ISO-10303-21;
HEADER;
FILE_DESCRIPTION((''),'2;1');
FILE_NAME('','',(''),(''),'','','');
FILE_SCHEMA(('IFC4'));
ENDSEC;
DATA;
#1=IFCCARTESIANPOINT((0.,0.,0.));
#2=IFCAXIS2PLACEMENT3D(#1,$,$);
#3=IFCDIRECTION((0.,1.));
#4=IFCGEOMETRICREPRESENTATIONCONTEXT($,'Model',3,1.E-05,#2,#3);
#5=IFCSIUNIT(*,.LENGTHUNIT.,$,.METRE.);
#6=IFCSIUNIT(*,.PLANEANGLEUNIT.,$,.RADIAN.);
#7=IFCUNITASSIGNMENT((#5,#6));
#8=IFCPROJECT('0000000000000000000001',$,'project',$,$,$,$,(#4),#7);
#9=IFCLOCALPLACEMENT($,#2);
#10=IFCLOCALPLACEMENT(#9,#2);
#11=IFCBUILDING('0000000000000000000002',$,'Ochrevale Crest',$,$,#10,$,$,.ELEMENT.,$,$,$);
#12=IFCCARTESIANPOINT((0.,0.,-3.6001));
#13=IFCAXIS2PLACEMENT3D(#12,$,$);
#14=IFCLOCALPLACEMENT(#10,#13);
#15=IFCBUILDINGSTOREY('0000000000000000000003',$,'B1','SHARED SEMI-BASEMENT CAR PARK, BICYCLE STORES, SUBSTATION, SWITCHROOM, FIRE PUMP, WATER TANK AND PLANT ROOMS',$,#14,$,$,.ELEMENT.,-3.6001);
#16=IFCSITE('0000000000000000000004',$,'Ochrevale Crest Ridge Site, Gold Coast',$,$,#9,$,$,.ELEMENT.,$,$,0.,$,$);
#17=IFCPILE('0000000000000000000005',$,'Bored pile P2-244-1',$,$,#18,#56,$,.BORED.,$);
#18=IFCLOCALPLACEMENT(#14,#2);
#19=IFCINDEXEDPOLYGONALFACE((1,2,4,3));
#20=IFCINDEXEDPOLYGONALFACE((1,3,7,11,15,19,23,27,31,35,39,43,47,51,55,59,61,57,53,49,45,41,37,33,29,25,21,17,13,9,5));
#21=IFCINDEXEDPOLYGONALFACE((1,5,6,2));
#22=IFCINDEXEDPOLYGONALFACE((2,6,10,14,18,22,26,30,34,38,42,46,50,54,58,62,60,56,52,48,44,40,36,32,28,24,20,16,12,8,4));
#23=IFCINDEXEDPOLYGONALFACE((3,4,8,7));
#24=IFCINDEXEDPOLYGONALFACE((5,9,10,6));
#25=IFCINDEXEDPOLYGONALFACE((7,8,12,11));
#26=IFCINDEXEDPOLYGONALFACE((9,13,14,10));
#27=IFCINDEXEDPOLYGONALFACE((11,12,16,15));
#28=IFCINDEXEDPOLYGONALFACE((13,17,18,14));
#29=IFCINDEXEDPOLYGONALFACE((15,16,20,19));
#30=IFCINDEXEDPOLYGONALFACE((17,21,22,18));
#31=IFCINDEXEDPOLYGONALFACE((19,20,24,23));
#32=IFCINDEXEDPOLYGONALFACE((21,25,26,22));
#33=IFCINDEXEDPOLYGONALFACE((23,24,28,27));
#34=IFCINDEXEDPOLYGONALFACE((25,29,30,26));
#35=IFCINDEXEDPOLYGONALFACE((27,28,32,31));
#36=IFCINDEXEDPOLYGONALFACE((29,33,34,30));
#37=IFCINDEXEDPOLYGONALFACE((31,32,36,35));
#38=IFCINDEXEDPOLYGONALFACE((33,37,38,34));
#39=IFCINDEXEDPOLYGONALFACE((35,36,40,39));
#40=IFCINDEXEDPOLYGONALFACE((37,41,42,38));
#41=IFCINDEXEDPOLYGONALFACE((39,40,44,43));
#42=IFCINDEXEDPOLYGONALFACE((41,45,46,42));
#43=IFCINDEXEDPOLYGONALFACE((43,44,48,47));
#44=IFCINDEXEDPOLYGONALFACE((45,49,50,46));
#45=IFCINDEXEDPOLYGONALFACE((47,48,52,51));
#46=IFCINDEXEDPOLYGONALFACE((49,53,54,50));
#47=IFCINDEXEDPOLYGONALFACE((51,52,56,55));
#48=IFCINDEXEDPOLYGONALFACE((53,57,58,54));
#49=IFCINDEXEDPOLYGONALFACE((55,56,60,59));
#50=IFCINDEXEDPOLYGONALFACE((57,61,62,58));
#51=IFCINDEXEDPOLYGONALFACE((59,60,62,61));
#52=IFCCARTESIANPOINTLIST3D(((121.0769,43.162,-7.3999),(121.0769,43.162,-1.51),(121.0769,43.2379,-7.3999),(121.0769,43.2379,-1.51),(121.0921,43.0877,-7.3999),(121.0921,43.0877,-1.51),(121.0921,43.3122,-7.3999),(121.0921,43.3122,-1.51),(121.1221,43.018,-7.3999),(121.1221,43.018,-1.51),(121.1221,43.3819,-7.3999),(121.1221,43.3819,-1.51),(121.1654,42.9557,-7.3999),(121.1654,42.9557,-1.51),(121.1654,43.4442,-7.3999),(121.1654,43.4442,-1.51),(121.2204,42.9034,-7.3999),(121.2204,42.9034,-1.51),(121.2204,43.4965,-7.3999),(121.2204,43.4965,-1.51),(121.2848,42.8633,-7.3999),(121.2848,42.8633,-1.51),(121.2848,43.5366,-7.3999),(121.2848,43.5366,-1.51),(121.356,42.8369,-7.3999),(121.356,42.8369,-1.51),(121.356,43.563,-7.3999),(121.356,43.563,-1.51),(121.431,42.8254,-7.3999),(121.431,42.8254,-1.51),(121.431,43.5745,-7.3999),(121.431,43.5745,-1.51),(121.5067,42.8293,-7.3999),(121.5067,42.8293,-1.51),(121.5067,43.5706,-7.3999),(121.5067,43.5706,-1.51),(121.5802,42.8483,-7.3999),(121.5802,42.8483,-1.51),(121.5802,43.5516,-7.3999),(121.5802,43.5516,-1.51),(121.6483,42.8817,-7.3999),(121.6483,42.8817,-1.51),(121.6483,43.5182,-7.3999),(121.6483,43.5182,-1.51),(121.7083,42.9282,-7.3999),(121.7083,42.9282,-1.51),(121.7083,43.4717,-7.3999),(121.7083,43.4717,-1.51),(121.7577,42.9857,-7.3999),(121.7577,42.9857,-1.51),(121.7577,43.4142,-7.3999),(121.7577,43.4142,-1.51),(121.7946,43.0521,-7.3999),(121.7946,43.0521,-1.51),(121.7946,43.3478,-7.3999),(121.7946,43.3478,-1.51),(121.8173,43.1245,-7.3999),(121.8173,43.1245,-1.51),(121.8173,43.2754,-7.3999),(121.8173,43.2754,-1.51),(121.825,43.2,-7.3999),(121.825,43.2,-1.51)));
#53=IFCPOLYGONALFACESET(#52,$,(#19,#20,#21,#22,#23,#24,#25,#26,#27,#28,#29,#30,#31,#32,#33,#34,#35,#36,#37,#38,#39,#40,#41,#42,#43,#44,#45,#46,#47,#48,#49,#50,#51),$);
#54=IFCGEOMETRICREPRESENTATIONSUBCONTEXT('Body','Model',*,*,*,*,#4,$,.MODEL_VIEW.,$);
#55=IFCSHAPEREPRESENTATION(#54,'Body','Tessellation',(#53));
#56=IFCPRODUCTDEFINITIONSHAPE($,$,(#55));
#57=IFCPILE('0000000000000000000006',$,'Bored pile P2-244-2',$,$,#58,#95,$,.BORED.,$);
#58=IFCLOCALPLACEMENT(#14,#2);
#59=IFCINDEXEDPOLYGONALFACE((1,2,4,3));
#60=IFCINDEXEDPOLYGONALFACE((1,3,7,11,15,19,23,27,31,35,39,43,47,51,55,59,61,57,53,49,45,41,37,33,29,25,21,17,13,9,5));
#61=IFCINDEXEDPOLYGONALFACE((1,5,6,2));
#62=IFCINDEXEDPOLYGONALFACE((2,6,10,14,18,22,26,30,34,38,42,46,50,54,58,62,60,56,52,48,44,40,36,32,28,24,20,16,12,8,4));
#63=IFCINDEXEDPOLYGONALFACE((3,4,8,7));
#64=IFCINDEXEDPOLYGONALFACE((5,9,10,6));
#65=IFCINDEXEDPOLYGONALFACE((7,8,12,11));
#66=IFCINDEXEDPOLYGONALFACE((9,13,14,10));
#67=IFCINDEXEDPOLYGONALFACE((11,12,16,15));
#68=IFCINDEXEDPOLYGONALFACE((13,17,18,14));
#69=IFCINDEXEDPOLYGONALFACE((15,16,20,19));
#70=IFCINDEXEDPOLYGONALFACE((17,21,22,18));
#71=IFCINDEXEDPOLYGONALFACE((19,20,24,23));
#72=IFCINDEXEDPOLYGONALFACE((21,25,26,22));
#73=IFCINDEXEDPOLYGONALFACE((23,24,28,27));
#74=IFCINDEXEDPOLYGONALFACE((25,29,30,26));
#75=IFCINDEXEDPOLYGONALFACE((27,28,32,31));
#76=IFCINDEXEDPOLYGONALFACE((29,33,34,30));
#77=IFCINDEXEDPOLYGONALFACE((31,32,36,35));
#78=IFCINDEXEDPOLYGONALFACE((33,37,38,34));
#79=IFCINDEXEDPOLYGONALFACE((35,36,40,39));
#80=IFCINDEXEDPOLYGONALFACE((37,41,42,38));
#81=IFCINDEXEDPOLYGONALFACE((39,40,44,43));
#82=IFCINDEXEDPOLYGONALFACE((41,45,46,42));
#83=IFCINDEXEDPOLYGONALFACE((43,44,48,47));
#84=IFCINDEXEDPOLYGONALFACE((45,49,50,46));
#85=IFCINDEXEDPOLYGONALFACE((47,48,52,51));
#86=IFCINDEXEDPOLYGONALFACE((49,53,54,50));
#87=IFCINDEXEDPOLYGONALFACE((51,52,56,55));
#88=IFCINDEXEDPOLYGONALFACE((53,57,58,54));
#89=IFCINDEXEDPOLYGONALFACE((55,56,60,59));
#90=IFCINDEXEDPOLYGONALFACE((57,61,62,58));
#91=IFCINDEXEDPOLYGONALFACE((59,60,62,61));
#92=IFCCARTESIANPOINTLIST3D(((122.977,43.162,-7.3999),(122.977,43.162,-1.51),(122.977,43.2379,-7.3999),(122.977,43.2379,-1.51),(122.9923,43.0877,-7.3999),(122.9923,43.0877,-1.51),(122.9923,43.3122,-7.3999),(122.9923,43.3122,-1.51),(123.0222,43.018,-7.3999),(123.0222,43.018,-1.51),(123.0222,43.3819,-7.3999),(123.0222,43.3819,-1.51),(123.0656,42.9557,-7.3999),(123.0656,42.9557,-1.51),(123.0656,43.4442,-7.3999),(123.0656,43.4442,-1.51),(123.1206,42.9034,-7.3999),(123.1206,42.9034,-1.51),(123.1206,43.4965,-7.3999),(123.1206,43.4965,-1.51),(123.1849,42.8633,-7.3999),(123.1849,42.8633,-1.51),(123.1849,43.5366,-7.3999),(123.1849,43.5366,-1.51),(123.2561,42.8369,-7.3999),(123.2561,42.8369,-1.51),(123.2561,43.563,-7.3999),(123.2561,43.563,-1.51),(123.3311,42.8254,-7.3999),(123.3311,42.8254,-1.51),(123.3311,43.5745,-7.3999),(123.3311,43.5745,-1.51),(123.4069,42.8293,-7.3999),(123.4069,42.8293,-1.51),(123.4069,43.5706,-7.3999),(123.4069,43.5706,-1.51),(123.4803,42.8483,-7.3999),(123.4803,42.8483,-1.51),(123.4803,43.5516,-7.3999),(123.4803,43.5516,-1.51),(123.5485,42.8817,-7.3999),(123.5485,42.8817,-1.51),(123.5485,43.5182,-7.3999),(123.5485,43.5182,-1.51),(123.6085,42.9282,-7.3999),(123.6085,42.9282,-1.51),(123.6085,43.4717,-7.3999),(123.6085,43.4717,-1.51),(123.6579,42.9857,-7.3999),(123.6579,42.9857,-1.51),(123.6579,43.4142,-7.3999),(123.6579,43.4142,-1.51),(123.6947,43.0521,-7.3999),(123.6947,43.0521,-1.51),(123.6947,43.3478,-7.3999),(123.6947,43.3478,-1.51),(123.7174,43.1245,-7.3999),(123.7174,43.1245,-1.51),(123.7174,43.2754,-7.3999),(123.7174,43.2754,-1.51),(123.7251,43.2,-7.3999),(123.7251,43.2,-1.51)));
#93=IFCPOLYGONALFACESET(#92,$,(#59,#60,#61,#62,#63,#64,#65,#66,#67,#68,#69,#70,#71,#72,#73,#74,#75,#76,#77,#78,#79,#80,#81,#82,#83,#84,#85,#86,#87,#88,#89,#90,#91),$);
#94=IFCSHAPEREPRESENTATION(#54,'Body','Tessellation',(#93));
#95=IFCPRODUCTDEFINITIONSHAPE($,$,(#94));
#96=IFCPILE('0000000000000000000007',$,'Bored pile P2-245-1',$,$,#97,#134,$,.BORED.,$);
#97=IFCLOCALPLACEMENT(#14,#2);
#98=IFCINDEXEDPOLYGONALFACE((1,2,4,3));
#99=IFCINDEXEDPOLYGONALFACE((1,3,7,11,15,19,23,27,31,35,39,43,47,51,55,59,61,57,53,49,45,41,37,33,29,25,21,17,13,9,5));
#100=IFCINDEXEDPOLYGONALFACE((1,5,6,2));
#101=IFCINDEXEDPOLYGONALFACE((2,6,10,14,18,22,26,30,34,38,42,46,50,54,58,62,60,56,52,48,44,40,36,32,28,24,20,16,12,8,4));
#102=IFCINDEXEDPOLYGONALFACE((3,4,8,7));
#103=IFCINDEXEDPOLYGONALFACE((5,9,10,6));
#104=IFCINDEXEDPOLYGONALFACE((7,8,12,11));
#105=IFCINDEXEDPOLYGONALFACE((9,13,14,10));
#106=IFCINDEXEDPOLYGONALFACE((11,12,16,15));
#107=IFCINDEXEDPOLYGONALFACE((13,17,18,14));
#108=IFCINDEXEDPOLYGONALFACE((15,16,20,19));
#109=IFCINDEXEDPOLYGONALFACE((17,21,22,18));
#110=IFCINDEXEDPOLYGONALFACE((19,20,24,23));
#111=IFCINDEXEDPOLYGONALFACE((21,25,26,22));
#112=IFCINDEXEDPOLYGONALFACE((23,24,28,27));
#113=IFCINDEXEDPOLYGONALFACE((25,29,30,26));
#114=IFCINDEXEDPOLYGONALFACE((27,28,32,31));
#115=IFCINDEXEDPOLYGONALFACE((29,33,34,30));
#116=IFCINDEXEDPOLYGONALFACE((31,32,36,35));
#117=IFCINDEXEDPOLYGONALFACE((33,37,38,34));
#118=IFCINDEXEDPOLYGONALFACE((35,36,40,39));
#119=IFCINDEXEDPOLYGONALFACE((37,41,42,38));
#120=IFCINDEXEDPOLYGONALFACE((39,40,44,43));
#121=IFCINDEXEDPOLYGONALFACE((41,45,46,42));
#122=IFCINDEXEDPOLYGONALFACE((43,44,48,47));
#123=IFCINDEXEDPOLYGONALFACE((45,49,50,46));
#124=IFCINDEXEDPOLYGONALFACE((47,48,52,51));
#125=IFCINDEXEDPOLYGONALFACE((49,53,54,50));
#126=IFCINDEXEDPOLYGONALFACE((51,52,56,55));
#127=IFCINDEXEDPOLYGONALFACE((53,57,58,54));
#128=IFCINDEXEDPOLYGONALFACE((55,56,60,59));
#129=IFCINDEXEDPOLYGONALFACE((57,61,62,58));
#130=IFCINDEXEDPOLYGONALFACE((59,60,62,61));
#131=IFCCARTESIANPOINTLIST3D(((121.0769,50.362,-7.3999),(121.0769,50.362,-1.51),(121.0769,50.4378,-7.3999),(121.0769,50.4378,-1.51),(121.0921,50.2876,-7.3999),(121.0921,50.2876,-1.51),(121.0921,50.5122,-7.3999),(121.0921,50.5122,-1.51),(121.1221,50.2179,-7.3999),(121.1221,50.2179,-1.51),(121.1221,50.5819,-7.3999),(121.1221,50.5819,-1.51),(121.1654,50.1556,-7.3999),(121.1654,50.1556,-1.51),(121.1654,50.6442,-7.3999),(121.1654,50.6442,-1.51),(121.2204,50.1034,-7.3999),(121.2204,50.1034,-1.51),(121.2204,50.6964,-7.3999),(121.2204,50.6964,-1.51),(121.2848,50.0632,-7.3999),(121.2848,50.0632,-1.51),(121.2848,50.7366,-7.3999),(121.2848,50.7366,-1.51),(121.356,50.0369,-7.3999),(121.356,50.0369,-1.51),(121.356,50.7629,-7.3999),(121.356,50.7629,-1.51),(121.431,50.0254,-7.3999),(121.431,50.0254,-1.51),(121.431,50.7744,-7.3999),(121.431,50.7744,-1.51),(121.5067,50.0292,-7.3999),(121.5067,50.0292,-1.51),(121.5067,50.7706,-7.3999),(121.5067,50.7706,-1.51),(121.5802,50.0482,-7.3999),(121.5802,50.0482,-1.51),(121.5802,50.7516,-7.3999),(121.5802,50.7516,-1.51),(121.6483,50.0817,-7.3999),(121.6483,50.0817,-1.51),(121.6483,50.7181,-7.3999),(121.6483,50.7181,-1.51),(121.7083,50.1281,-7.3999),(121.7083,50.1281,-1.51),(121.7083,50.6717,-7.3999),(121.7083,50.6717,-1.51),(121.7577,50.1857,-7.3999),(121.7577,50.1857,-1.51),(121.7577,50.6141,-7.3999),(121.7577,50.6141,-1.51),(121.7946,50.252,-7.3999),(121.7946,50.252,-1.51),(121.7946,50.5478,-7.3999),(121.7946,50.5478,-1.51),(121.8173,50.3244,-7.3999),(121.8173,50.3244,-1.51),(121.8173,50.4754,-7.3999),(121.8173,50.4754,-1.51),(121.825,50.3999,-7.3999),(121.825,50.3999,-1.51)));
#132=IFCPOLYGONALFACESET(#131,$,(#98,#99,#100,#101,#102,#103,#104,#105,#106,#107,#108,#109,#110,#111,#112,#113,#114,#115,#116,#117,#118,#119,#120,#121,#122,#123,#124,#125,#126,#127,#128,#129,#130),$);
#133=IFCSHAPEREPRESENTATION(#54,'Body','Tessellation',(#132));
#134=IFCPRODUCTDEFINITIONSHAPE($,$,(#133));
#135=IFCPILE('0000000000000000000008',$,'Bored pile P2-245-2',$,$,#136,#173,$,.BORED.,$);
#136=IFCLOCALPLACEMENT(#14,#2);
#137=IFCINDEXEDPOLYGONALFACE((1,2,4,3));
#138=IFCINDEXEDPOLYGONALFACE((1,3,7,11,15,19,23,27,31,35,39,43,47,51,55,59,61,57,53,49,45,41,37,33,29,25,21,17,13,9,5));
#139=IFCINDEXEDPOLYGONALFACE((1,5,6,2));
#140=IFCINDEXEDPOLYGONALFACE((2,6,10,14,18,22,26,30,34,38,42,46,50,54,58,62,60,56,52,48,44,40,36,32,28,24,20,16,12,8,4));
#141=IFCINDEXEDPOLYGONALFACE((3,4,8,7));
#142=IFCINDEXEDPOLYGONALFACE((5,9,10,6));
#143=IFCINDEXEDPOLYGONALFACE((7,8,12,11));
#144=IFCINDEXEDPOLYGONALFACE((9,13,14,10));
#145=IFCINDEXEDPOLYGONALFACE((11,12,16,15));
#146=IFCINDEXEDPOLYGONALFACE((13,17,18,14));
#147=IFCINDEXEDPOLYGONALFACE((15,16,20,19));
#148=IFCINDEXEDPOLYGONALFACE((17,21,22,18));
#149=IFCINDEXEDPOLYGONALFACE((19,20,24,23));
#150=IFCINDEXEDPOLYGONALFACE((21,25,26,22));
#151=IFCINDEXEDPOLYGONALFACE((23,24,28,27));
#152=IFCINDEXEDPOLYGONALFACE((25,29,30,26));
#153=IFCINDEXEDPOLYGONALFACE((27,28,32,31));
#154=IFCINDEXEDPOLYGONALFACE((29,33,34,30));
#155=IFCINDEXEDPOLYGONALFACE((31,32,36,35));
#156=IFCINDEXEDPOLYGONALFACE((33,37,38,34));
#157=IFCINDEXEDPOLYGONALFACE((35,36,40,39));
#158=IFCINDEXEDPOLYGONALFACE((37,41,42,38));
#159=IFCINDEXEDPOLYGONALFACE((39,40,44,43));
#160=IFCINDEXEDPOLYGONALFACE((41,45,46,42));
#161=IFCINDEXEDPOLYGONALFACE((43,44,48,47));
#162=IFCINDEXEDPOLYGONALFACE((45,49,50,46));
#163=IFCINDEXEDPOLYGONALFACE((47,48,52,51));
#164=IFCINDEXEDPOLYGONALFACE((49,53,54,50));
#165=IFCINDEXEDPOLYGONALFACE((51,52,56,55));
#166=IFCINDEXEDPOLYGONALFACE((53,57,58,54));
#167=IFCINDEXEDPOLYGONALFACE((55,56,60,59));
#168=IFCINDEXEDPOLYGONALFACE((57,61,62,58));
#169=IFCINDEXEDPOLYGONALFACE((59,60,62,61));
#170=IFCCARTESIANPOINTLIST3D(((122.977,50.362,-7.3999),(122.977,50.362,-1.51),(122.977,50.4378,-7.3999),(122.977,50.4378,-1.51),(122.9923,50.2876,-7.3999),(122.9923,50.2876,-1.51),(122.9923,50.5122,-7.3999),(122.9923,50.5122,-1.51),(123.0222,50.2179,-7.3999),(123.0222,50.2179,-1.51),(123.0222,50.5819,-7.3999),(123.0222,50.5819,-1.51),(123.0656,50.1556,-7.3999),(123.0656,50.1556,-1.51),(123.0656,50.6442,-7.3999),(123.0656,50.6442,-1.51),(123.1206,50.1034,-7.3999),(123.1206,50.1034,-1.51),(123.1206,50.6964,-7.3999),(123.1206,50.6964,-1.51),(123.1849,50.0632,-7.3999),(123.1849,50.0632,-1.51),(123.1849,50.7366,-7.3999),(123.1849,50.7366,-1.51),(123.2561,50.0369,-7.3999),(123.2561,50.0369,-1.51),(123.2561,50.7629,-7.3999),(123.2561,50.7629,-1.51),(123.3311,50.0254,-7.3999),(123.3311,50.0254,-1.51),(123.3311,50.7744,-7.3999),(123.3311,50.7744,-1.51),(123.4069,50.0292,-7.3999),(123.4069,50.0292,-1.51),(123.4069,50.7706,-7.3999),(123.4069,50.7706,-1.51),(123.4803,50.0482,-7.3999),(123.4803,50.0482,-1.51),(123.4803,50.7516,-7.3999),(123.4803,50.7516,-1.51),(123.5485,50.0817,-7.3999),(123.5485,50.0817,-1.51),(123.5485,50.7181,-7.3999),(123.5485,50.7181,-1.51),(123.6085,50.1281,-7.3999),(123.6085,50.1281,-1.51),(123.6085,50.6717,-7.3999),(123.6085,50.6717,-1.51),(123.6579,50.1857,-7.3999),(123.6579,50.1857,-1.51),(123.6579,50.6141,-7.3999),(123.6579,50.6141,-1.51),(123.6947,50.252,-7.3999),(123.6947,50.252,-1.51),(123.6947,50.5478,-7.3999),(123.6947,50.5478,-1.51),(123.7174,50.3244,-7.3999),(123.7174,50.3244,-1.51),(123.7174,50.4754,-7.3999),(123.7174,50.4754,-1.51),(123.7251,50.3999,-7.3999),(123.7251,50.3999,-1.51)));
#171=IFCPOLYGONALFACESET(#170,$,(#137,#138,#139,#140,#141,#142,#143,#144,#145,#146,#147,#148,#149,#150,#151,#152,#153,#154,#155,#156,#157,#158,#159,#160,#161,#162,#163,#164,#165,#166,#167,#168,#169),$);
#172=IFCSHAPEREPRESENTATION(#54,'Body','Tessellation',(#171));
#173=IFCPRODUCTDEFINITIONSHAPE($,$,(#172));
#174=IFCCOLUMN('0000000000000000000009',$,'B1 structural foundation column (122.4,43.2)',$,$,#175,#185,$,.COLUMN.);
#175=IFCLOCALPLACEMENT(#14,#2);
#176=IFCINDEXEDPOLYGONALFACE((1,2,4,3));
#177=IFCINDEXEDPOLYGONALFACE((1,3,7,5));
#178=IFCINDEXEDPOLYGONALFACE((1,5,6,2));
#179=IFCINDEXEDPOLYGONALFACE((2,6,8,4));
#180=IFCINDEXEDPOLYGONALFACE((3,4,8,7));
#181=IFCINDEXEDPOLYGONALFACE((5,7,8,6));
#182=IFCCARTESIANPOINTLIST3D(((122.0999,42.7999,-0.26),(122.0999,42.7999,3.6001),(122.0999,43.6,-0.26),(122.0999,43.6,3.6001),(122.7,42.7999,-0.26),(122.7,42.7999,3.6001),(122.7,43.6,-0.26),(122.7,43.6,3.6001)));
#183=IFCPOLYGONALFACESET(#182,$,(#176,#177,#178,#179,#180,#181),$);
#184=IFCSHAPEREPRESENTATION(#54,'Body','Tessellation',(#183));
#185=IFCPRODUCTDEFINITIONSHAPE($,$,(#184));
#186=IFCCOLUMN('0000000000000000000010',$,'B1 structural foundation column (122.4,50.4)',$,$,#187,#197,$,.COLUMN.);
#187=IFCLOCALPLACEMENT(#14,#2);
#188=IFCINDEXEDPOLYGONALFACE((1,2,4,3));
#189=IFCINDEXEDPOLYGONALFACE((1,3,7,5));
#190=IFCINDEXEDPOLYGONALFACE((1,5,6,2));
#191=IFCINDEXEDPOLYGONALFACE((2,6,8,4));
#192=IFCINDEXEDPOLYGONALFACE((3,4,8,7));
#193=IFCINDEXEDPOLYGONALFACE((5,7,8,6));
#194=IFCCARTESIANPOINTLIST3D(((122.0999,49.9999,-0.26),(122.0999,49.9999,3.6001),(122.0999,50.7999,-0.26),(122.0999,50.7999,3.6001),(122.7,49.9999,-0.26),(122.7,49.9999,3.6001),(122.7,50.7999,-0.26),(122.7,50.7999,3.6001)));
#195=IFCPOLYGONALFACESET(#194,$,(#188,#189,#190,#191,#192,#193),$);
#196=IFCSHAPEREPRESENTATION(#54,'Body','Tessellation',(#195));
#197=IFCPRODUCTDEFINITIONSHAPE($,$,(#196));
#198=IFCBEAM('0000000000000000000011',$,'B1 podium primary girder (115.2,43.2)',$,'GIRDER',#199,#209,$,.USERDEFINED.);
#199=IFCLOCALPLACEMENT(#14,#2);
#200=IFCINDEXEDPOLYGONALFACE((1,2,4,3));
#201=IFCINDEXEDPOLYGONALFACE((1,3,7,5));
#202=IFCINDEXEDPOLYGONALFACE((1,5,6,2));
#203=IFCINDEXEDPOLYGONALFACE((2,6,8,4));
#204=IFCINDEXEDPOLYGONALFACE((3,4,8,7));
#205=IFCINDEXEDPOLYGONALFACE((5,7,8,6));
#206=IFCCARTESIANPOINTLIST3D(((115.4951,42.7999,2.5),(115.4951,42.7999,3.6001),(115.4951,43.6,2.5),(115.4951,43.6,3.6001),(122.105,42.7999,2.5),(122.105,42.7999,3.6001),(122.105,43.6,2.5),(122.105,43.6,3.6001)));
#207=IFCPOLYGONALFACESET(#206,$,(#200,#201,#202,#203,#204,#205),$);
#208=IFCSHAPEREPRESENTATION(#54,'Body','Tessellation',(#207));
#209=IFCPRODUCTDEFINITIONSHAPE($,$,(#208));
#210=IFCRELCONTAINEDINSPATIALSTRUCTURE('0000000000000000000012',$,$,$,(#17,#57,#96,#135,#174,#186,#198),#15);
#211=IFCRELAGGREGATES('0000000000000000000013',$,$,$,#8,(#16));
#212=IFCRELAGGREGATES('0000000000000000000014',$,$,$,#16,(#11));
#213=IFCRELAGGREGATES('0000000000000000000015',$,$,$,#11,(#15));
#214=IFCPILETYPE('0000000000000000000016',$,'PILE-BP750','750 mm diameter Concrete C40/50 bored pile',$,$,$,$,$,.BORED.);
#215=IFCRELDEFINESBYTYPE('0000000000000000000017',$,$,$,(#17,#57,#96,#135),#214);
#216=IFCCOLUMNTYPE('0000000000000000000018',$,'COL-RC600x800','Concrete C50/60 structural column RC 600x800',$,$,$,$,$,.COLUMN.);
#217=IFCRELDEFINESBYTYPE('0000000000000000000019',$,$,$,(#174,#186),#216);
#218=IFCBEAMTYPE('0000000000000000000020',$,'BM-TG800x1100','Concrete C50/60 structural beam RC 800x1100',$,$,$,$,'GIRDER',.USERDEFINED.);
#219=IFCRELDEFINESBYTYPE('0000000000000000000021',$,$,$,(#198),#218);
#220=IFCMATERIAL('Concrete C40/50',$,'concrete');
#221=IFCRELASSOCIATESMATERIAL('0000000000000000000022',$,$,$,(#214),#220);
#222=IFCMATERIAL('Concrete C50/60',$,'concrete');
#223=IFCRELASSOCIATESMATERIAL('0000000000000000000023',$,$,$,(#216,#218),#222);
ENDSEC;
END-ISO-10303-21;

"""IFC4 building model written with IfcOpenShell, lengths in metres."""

from ifc_helpers import new_model, si_unit, direction, frame, origin, origin_2d, place, context, subcontext, project, spatial, rectangle, circle, extrude, material, material_profile, profile_set, type_object, element, save


model = new_model("IFC4")

# Units and contexts
model_context = context("Model", 3, precision=1e-05, world=origin(), true_north=direction((0.0, 1.0)))
body_context = subcontext(model_context, "Body", "Model", "MODEL_VIEW")
ifc_project = project(units=[si_unit("LENGTHUNIT", "METRE"), si_unit("PLANEANGLEUNIT", "RADIAN")], contexts=[model_context])

# Site, building, storey
site_placement = place(None, origin())
site = spatial("IfcSite", under=ifc_project, at=site_placement, Name="Ochrevale Crest Ridge Site, Gold Coast", CompositionType="ELEMENT", RefElevation=0.0)
building_placement = place(site_placement, origin())
building = spatial("IfcBuilding", under=site, at=building_placement, Name="Ochrevale Crest", CompositionType="ELEMENT")
storey_placement = place(building_placement, frame((0.0, 0.0, -3.6001)))
storey = spatial("IfcBuildingStorey", under=building, at=storey_placement, Name="B1", Description="SHARED SEMI-BASEMENT CAR PARK, BICYCLE STORES, SUBSTATION, SWITCHROOM, FIRE PUMP, WATER TANK AND PLANT ROOMS", CompositionType="ELEMENT", Elevation=-3.6001)

# Shared definitions
ifc_material_1 = material(Name="Concrete C40/50", Category="concrete")

# Piles
ifc_material_profile_1 = material_profile(ifc_material_1, circle(Radius=0.375, at=origin_2d()), Name="BORED PILE 750")
ifc_profile_set_1 = profile_set([ifc_material_profile_1], Name="Concrete C40/50")
pile_type = type_object("IfcPileType", Name="PILE-BP750", Description="750 mm diameter Concrete C40/50 bored pile", PredefinedType="BORED", material=ifc_profile_set_1)
for number, where, z_axis, x_axis, name in (
    (1, (121.45, 43.2, -1.51), (0.0, 0.0, -1.0), (1.0, 0.0, 0.0), "Bored pile P2-244-1"),
    (2, (123.3501, 43.2, -1.51), (0.0, 0.0, -1.0), (1.0, 0.0, 0.0), "Bored pile P2-244-2"),
    (3, (121.45, 50.3999, -1.51), (0.0, 0.0, -1.0), (1.0, 0.0, 0.0), "Bored pile P2-245-1"),
    (4, (123.3501, 50.3999, -1.51), (0.0, 0.0, -1.0), (1.0, 0.0, 0.0), "Bored pile P2-245-2"),
):
    element("IfcPile", number, at=place(storey_placement, frame(where, z_axis=z_axis, x_axis=x_axis)), inside=storey, type_object=pile_type, Name=name, PredefinedType="BORED", context=body_context, shape_type="SweptSolid", body=[
        extrude(circle(Radius=0.375, at=origin_2d()), origin(), (0.0, 0.0, 1.0), 5.8899),
    ])

# Columns
ifc_material_2 = material(Name="Concrete C50/60", Category="concrete")
ifc_material_profile_2 = material_profile(ifc_material_2, rectangle(XDim=0.6001, YDim=0.8, at=origin_2d()), Name="RC 600x800")
ifc_profile_set_2 = profile_set([ifc_material_profile_2], Name="Concrete C50/60")
column_type = type_object("IfcColumnType", Name="COL-RC600x800", Description="Concrete C50/60 structural column RC 600x800", PredefinedType="COLUMN", material=ifc_profile_set_2)
for number, where, z_axis, x_axis, name in (
    (5, (122.3999, 43.2, -0.26), (0.0, 0.0, 1.0), (1.0, 0.0, 0.0), "B1 structural foundation column (122.4,43.2)"),
    (6, (122.3999, 50.3999, -0.26), (0.0, 0.0, 1.0), (1.0, 0.0, 0.0), "B1 structural foundation column (122.4,50.4)"),
):
    element("IfcColumn", number, at=place(storey_placement, frame(where, z_axis=z_axis, x_axis=x_axis)), inside=storey, type_object=column_type, Name=name, PredefinedType="COLUMN", context=body_context, shape_type="SweptSolid", body=[
        extrude(rectangle(XDim=0.6001, YDim=0.8, at=origin_2d()), origin(), (0.0, 0.0, 1.0), 3.8601),
    ])

# Beam
ifc_material_profile_3 = material_profile(ifc_material_2, rectangle(XDim=0.8, YDim=1.1001, at=origin_2d()), Name="RC 800x1100")
ifc_profile_set_3 = profile_set([ifc_material_profile_3], Name="Concrete C50/60")
beam_type_1 = type_object("IfcBeamType", Name="BM-TG800x1100", Description="Concrete C50/60 structural beam RC 800x1100", ElementType="GIRDER", PredefinedType="USERDEFINED", material=ifc_profile_set_3)
for number, where, z_axis, x_axis, name in (
    (7, (115.4951, 43.2, 3.05), (1.0, 0.0, 0.0), (0.0, 1.0, 0.0), "B1 podium primary girder (115.2,43.2)"),
):
    element("IfcBeam", number, at=place(storey_placement, frame(where, z_axis=z_axis, x_axis=x_axis)), inside=storey, type_object=beam_type_1, Name=name, ObjectType="GIRDER", PredefinedType="USERDEFINED", context=body_context, shape_type="SweptSolid", body=[
        extrude(rectangle(XDim=0.8, YDim=1.1001, at=origin_2d()), origin(), (0.0, 0.0, 1.0), 6.6099),
    ])

save(model, "model.ifc")
